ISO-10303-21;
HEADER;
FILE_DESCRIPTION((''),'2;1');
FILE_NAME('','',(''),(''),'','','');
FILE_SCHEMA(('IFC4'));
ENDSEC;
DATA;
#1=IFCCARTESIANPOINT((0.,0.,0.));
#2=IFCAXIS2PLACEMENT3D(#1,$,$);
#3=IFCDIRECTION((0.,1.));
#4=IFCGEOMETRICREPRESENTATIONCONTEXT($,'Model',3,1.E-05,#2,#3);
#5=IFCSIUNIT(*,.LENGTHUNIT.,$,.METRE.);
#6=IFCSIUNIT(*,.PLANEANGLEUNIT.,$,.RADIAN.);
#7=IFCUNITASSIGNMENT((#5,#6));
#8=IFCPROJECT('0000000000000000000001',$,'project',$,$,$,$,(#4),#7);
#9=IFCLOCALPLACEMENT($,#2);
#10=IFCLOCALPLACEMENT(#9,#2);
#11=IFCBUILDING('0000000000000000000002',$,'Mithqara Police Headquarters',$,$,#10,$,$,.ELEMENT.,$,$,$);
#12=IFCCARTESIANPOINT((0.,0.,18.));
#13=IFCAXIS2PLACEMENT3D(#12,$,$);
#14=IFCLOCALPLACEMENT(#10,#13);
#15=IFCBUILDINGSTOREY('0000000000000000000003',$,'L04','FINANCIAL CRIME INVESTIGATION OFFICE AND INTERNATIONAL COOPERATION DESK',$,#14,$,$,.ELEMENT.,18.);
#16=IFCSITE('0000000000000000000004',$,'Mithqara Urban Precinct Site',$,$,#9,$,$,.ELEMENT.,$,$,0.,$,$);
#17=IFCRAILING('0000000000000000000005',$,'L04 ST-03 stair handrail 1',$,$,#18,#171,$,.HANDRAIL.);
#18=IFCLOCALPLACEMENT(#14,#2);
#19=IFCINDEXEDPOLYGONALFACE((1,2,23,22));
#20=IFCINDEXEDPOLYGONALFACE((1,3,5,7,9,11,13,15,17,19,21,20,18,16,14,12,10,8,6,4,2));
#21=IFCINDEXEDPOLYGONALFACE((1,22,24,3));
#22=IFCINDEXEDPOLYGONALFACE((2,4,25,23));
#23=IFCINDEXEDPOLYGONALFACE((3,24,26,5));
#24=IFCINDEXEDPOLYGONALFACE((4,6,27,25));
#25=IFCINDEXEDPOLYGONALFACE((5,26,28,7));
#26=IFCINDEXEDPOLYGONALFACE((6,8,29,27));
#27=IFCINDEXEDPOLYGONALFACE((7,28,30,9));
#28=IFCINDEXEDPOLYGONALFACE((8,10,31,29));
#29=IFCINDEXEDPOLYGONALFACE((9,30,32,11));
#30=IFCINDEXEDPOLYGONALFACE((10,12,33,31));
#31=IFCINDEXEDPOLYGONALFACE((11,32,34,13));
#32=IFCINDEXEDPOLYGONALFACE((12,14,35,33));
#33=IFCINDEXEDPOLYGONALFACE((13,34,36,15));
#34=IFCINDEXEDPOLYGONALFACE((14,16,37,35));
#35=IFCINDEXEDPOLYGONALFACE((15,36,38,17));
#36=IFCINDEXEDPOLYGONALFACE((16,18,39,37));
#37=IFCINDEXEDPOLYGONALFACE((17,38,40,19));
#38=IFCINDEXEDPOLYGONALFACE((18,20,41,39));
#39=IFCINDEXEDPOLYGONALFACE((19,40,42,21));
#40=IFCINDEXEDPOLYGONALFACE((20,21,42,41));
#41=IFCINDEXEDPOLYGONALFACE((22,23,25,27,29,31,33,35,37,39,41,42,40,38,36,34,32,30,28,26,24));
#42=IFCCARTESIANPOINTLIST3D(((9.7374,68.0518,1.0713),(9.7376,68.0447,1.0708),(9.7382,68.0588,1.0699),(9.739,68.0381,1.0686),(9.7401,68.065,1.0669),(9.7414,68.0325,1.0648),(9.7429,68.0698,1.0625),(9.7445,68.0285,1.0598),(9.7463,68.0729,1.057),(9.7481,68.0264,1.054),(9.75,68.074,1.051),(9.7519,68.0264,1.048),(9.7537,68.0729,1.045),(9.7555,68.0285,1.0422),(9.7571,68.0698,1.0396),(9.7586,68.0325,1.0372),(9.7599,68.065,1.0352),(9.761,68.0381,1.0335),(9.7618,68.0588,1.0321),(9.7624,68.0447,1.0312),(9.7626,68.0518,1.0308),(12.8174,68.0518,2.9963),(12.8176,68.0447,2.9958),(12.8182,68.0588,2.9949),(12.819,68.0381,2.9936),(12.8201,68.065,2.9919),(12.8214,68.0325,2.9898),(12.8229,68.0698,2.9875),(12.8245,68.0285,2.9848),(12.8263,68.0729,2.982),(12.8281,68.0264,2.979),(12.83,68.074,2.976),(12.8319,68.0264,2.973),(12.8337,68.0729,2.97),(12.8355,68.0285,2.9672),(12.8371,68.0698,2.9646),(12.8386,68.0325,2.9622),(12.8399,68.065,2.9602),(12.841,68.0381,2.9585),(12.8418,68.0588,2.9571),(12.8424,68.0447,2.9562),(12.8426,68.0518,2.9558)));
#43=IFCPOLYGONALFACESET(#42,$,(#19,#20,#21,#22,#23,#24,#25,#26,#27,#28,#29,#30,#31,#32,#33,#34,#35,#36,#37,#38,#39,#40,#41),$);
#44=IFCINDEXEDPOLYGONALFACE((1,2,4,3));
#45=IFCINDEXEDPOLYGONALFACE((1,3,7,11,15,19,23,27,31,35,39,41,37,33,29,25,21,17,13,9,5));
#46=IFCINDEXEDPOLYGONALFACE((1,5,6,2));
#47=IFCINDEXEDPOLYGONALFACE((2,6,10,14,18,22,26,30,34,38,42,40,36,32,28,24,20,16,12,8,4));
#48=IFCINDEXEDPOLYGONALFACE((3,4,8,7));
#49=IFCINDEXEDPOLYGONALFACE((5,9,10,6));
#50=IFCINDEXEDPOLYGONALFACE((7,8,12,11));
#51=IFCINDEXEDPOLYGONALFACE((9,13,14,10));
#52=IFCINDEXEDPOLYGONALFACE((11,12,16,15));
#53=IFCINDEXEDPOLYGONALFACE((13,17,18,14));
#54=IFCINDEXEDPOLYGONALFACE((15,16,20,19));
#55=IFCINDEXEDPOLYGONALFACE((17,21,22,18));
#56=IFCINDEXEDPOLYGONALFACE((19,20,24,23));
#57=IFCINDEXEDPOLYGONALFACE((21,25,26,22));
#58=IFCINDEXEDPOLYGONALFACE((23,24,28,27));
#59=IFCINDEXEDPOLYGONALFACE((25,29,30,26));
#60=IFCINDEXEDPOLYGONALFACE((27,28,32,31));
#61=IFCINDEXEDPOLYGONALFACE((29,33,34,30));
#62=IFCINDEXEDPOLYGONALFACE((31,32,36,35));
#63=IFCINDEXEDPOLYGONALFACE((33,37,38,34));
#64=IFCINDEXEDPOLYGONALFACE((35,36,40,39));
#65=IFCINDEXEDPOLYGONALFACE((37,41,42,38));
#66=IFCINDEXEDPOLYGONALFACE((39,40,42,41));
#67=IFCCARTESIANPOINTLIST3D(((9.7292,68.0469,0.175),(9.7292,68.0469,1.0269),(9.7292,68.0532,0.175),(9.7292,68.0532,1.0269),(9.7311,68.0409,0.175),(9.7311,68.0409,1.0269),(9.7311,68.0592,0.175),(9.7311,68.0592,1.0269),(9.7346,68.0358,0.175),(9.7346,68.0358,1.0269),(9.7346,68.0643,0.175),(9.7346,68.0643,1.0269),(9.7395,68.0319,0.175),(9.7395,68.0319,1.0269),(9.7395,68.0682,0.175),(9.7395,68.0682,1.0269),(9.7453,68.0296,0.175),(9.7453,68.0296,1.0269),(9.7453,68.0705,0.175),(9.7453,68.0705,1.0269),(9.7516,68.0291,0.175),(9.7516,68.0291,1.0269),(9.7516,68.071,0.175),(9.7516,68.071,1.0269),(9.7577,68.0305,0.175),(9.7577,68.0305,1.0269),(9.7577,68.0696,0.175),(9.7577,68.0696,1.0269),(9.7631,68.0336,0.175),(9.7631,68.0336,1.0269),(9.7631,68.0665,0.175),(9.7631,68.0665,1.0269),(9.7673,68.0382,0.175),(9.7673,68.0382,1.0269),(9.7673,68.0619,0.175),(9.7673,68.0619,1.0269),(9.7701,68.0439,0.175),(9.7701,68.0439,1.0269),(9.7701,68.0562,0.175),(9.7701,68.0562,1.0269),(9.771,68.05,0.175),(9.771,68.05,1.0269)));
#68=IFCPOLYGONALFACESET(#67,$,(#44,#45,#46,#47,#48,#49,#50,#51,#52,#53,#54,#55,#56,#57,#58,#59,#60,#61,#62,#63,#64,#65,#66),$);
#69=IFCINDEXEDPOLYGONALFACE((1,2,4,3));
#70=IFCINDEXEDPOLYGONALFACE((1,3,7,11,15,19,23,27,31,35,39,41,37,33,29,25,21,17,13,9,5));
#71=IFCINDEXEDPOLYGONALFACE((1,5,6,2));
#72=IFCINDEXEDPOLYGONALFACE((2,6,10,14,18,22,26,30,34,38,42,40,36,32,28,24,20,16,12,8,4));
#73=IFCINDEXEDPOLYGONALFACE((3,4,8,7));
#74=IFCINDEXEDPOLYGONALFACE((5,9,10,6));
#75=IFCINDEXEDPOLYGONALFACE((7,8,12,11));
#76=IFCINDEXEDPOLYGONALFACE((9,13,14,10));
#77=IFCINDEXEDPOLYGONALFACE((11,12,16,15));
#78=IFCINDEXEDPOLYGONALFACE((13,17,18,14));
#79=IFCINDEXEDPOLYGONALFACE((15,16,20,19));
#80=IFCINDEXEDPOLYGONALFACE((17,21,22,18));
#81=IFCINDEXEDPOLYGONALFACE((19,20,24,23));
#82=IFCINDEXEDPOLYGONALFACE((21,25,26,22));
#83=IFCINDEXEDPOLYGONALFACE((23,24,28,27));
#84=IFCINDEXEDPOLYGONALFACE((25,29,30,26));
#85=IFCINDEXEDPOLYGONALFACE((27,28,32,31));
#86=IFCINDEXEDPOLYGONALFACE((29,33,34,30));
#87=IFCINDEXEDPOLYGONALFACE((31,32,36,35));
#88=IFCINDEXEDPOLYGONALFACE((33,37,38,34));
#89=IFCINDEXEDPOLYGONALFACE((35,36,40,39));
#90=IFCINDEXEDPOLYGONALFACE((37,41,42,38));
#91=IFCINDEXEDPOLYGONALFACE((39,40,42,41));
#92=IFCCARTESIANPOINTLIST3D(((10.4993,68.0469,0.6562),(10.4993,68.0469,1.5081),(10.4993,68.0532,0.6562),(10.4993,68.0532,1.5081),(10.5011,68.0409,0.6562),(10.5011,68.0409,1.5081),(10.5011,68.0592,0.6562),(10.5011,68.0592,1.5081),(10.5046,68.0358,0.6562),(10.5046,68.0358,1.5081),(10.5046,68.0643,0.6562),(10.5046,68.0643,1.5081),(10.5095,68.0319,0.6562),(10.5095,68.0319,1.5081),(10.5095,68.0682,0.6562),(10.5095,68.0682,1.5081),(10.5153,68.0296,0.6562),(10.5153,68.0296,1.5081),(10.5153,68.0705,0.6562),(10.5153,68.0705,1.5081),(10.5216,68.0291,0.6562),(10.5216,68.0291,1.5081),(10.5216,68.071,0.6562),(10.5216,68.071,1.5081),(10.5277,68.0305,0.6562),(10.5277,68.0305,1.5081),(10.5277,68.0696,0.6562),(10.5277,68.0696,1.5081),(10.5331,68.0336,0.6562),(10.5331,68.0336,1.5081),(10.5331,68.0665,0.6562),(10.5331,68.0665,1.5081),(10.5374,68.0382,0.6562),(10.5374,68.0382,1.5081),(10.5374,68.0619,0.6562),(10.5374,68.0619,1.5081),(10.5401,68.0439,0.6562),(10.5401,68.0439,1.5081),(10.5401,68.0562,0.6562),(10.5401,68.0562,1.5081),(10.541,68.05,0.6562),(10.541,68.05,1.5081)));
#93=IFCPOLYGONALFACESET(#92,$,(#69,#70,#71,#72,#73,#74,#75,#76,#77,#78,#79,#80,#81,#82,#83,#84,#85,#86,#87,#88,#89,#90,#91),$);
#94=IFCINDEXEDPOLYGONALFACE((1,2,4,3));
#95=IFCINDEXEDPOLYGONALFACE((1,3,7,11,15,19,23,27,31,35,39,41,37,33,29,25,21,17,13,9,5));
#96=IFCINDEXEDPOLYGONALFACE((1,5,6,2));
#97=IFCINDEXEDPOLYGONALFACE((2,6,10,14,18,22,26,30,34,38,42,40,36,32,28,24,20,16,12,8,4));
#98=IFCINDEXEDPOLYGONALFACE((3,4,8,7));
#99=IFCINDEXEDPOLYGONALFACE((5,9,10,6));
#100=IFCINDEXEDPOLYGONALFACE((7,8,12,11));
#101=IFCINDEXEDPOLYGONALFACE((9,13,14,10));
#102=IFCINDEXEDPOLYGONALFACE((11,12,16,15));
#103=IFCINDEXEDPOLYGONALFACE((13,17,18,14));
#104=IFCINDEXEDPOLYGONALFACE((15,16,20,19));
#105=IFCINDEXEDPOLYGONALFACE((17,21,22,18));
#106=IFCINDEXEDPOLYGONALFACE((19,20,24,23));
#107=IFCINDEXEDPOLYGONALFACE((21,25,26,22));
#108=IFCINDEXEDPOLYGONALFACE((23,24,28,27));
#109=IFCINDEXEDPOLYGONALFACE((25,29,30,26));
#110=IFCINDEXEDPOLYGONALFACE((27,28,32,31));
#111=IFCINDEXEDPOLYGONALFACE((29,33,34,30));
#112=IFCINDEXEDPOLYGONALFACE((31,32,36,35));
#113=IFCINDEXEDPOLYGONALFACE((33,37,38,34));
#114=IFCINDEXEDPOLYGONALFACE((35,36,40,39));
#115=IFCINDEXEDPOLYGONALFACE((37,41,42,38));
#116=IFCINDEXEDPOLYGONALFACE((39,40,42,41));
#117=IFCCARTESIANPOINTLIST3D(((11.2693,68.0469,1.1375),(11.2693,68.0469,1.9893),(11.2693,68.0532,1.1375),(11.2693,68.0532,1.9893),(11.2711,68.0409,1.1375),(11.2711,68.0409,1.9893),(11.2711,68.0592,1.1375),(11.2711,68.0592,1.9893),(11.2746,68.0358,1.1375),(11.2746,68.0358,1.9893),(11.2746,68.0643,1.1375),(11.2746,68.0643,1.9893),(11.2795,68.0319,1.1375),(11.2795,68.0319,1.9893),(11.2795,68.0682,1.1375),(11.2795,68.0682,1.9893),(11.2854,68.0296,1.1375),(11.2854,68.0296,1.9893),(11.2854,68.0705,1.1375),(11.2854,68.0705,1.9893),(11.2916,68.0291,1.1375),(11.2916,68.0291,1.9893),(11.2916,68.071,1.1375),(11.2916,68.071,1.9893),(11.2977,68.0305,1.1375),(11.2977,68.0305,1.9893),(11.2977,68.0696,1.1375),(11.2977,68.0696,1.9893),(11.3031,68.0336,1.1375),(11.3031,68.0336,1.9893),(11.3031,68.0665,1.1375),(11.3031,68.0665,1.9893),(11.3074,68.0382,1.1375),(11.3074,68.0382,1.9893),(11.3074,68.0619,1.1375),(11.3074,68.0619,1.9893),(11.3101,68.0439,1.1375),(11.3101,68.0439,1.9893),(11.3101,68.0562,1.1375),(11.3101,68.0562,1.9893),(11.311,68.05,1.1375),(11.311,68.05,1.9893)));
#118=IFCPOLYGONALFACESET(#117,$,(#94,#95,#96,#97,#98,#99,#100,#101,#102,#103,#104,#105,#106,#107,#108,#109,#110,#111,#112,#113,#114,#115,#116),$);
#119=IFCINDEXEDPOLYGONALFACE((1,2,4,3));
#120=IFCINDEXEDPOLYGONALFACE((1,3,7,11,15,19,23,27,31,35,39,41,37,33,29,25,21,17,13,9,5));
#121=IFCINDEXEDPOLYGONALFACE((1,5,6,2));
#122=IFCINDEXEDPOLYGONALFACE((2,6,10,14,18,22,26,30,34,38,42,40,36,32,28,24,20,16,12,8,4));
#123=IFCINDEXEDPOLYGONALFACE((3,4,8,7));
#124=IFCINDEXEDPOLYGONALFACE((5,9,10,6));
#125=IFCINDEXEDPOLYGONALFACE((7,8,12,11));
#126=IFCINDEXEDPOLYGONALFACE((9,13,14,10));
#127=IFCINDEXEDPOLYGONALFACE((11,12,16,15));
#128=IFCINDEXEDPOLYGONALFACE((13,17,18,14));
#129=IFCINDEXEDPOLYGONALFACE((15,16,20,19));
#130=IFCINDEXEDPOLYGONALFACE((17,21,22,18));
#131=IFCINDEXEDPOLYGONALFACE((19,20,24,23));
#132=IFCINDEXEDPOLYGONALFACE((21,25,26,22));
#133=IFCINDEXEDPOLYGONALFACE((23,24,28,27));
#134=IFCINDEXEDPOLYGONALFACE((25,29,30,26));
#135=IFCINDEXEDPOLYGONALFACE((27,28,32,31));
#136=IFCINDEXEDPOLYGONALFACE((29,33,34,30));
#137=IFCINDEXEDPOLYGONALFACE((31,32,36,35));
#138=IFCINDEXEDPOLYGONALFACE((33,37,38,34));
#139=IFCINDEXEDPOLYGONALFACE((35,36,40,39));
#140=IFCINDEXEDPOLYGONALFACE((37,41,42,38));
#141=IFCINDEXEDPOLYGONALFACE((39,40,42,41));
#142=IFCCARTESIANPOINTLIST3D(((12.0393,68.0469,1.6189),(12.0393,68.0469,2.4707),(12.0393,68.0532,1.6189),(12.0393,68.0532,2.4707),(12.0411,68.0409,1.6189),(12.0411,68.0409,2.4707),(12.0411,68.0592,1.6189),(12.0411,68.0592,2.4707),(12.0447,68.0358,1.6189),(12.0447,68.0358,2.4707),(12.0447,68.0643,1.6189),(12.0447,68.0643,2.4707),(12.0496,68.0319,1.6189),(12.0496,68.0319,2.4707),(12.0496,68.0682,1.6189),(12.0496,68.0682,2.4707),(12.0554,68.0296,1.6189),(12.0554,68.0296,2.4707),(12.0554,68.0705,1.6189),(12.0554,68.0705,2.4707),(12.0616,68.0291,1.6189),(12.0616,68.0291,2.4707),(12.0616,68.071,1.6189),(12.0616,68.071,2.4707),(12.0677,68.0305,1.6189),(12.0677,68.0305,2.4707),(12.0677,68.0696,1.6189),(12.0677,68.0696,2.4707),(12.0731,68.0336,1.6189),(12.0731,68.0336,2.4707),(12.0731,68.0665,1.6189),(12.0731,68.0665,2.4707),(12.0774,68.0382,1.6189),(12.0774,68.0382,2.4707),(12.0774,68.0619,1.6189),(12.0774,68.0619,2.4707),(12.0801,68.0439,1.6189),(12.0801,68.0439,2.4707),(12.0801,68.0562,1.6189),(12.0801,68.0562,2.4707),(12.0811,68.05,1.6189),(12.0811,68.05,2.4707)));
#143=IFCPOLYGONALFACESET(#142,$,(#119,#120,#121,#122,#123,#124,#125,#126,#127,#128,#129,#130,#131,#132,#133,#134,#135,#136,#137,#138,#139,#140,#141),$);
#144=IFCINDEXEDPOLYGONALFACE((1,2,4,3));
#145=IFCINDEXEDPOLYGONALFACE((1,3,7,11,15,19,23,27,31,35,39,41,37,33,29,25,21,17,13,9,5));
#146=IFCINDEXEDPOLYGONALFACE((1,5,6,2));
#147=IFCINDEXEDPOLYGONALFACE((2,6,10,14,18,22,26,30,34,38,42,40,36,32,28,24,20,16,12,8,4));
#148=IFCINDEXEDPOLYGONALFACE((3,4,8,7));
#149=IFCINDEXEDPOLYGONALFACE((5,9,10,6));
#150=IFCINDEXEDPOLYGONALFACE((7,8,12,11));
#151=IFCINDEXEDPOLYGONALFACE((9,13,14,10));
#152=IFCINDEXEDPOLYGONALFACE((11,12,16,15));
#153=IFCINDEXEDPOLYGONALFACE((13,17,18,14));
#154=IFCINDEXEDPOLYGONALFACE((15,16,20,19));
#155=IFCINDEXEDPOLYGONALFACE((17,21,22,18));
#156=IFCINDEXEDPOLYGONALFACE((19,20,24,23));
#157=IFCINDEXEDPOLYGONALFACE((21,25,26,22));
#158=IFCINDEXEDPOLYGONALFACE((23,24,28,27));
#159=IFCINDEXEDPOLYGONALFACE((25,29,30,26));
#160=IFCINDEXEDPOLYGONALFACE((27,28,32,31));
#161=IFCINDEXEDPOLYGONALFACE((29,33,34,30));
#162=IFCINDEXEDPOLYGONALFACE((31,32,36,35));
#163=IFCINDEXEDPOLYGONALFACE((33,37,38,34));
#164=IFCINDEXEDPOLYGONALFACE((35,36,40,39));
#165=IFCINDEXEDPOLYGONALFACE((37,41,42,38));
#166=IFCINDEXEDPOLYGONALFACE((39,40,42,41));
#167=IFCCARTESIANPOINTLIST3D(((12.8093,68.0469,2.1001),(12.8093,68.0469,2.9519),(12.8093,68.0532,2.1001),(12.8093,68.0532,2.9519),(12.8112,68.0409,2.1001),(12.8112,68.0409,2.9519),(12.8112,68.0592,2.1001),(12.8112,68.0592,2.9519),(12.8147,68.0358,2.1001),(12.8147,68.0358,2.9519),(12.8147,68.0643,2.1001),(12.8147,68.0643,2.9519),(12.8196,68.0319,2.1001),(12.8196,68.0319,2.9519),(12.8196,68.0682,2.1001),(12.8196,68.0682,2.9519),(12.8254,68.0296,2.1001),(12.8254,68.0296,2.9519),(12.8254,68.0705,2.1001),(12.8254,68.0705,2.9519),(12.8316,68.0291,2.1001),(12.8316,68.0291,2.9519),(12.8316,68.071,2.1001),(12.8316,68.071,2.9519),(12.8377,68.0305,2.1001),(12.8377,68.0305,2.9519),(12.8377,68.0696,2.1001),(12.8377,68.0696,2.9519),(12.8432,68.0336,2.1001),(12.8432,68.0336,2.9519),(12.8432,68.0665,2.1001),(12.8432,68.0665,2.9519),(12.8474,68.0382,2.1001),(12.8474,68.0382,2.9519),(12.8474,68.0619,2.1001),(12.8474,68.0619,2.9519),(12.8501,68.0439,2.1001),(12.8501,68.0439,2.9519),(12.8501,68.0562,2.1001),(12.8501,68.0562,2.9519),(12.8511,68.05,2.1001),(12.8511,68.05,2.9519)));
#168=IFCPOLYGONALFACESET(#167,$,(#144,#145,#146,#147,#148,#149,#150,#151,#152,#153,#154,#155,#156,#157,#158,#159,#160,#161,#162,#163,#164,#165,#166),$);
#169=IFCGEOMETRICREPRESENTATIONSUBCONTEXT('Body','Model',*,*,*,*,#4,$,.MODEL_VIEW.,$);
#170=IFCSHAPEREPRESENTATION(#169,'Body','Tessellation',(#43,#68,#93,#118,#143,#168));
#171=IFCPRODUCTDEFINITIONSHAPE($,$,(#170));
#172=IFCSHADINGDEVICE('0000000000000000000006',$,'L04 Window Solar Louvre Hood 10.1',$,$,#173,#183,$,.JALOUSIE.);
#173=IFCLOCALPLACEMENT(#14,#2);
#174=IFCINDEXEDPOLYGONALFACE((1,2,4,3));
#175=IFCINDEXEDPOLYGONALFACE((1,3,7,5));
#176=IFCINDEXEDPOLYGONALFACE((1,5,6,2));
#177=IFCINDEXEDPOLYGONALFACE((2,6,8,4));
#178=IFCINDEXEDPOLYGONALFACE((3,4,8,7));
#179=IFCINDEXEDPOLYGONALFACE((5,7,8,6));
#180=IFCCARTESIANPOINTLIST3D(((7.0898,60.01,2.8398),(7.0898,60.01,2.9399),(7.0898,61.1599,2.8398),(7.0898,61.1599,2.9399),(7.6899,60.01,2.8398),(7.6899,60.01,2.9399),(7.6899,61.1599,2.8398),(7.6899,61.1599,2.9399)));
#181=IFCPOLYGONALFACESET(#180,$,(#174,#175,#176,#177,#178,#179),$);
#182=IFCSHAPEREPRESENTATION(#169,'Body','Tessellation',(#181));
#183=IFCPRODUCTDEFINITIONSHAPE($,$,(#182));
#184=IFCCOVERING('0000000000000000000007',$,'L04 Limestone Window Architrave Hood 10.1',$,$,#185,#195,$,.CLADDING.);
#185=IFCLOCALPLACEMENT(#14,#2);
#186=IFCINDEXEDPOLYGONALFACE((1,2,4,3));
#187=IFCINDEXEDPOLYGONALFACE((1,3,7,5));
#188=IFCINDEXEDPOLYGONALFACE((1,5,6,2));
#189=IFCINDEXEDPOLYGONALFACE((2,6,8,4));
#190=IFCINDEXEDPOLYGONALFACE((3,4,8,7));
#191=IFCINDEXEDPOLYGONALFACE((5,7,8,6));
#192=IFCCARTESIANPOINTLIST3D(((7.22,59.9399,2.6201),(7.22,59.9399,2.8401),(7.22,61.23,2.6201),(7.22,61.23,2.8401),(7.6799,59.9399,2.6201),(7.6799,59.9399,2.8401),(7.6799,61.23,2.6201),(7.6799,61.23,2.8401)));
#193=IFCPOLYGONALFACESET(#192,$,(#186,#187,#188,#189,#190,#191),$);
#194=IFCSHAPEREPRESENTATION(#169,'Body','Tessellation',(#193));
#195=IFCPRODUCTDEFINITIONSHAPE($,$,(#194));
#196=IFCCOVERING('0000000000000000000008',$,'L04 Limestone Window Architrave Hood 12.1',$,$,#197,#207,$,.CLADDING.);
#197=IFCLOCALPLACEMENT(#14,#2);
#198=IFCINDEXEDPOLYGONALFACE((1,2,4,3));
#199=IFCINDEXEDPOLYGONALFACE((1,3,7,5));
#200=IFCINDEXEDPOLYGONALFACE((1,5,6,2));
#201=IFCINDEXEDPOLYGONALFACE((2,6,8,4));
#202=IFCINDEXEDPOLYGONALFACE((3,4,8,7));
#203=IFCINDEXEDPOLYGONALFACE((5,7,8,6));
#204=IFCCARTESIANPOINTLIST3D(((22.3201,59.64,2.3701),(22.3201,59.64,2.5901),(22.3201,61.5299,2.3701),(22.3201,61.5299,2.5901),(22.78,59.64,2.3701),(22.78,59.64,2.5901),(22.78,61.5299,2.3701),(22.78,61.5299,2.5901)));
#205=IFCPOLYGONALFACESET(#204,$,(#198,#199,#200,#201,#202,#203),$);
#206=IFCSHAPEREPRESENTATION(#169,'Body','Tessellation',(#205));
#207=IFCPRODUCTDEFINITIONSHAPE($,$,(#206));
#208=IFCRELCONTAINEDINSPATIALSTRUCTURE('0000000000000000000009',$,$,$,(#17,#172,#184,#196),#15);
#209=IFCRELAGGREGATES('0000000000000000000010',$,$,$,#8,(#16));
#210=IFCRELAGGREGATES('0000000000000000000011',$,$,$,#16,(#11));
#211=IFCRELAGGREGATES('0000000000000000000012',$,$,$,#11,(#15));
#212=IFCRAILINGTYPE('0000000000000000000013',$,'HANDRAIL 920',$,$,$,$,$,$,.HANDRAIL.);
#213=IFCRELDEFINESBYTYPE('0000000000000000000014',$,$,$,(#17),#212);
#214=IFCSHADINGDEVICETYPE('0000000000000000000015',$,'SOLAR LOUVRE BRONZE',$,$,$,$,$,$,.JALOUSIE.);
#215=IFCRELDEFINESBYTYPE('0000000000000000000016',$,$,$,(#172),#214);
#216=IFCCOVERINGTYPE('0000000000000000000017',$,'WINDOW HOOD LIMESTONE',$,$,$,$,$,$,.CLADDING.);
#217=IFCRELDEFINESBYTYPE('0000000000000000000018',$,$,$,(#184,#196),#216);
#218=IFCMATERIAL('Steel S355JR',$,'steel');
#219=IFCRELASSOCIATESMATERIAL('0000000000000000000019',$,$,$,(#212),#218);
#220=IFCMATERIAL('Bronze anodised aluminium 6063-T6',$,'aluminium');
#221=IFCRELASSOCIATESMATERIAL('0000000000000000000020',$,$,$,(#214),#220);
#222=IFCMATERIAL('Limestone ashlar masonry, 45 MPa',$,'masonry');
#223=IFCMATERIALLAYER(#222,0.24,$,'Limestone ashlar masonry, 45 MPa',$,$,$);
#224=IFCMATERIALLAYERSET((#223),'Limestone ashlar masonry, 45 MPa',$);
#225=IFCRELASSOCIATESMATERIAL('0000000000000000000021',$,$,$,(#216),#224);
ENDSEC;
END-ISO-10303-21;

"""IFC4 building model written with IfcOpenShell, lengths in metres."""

from ifc_helpers import new_model, si_unit, direction, frame, origin, origin_2d, place, context, subcontext, project, spatial, rectangle, circle, extrude, material, layer, layer_set, type_object, element, save


model = new_model("IFC4")

# Units and contexts
model_context = context("Model", 3, precision=1e-05, world=origin(), true_north=direction((0.0, 1.0)))
body_context = subcontext(model_context, "Body", "Model", "MODEL_VIEW")
ifc_project = project(units=[si_unit("LENGTHUNIT", "METRE"), si_unit("PLANEANGLEUNIT", "RADIAN")], contexts=[model_context])

# Site, building, storey
site_placement = place(None, origin())
site = spatial("IfcSite", under=ifc_project, at=site_placement, Name="Mithqara Urban Precinct Site", CompositionType="ELEMENT", RefElevation=0.0)
building_placement = place(site_placement, origin())
building = spatial("IfcBuilding", under=site, at=building_placement, Name="Mithqara Police Headquarters", CompositionType="ELEMENT")
storey_placement = place(building_placement, frame((0.0, 0.0, 18.0)))
storey = spatial("IfcBuildingStorey", under=building, at=storey_placement, Name="L04", Description="FINANCIAL CRIME INVESTIGATION OFFICE AND INTERNATIONAL COOPERATION DESK", CompositionType="ELEMENT", Elevation=18.0)

# Shared definitions
ifc_material_1 = material(Name="Steel S355JR", Category="steel")

# Shared definitions
ifc_material_2 = material(Name="Limestone ashlar masonry, 45 MPa", Category="masonry")

# Railing
railing_type = type_object("IfcRailingType", Name="HANDRAIL 920", PredefinedType="HANDRAIL", material=ifc_material_1)
railing_placement = place(storey_placement, frame((9.75, 68.05, 0.175)))
element("IfcRailing", 1, at=railing_placement, inside=storey, type_object=railing_type, Name="L04 ST-03 stair handrail 1", PredefinedType="HANDRAIL", context=body_context, shape_type="SweptSolid", body=[
    extrude(circle(Radius=0.0239, at=origin_2d()), frame((0.0, 0.0, 0.876), z_axis=(0.847998, 0.0, 0.529999), x_axis=(0.0, 1.0, 0.0)), (0.0, 0.0, 1.0), 3.6321),
    extrude(circle(Radius=0.021, at=origin_2d()), origin(), (0.0, 0.0, 1.0), 0.8518),
    extrude(circle(Radius=0.021, at=origin_2d()), frame((0.77, 0.0, 0.4812)), (0.0, 0.0, 1.0), 0.8518),
    extrude(circle(Radius=0.021, at=origin_2d()), frame((1.54, 0.0, 0.9624)), (0.0, 0.0, 1.0), 0.8518),
    extrude(circle(Radius=0.021, at=origin_2d()), frame((2.3101, 0.0, 1.4438)), (0.0, 0.0, 1.0), 0.8518),
    extrude(circle(Radius=0.021, at=origin_2d()), frame((3.0801, 0.0, 1.925)), (0.0, 0.0, 1.0), 0.8518),
])

# Shading device
ifc_material_3 = material(Name="Bronze anodised aluminium 6063-T6", Category="aluminium")
shading_device_type = type_object("IfcShadingDeviceType", Name="SOLAR LOUVRE BRONZE", PredefinedType="JALOUSIE", material=ifc_material_3)
shading_device_placement = place(storey_placement, frame((7.3899, 60.585, 2.8398), z_axis=(0.0, 0.0, 1.0), x_axis=(0.0, 1.0, 0.0)))
element("IfcShadingDevice", 2, at=shading_device_placement, inside=storey, type_object=shading_device_type, Name="L04 Window Solar Louvre Hood 10.1", PredefinedType="JALOUSIE", context=body_context, shape_type="SweptSolid", body=[
    extrude(rectangle(XDim=1.1499, YDim=0.6001, at=origin_2d()), origin(), (0.0, 0.0, 1.0), 0.1001),
])

# Coverings
ifc_layer_1 = layer(ifc_material_2, 0.24, Name="Limestone ashlar masonry, 45 MPa")
ifc_layer_set_1 = layer_set([ifc_layer_1], Name="Limestone ashlar masonry, 45 MPa")
covering_type_1 = type_object("IfcCoveringType", Name="WINDOW HOOD LIMESTONE", PredefinedType="CLADDING", material=ifc_layer_set_1)
covering_1_placement = place(storey_placement, frame((7.45, 60.585, 2.6201), z_axis=(0.0, 0.0, 1.0), x_axis=(0.0, 1.0, 0.0)))
element("IfcCovering", 3, at=covering_1_placement, inside=storey, type_object=covering_type_1, Name="L04 Limestone Window Architrave Hood 10.1", PredefinedType="CLADDING", context=body_context, shape_type="SweptSolid", body=[
    extrude(rectangle(XDim=1.29, YDim=0.46, at=origin_2d()), origin(), (0.0, 0.0, 1.0), 0.22),
])
covering_2_placement = place(storey_placement, frame((22.55, 60.585, 2.3701), z_axis=(0.0, 0.0, 1.0), x_axis=(0.0, 1.0, 0.0)))
element("IfcCovering", 4, at=covering_2_placement, inside=storey, type_object=covering_type_1, Name="L04 Limestone Window Architrave Hood 12.1", PredefinedType="CLADDING", context=body_context, shape_type="SweptSolid", body=[
    extrude(rectangle(XDim=1.8899, YDim=0.46, at=origin_2d()), origin(), (0.0, 0.0, 1.0), 0.22),
])

save(model, "model.ifc")
